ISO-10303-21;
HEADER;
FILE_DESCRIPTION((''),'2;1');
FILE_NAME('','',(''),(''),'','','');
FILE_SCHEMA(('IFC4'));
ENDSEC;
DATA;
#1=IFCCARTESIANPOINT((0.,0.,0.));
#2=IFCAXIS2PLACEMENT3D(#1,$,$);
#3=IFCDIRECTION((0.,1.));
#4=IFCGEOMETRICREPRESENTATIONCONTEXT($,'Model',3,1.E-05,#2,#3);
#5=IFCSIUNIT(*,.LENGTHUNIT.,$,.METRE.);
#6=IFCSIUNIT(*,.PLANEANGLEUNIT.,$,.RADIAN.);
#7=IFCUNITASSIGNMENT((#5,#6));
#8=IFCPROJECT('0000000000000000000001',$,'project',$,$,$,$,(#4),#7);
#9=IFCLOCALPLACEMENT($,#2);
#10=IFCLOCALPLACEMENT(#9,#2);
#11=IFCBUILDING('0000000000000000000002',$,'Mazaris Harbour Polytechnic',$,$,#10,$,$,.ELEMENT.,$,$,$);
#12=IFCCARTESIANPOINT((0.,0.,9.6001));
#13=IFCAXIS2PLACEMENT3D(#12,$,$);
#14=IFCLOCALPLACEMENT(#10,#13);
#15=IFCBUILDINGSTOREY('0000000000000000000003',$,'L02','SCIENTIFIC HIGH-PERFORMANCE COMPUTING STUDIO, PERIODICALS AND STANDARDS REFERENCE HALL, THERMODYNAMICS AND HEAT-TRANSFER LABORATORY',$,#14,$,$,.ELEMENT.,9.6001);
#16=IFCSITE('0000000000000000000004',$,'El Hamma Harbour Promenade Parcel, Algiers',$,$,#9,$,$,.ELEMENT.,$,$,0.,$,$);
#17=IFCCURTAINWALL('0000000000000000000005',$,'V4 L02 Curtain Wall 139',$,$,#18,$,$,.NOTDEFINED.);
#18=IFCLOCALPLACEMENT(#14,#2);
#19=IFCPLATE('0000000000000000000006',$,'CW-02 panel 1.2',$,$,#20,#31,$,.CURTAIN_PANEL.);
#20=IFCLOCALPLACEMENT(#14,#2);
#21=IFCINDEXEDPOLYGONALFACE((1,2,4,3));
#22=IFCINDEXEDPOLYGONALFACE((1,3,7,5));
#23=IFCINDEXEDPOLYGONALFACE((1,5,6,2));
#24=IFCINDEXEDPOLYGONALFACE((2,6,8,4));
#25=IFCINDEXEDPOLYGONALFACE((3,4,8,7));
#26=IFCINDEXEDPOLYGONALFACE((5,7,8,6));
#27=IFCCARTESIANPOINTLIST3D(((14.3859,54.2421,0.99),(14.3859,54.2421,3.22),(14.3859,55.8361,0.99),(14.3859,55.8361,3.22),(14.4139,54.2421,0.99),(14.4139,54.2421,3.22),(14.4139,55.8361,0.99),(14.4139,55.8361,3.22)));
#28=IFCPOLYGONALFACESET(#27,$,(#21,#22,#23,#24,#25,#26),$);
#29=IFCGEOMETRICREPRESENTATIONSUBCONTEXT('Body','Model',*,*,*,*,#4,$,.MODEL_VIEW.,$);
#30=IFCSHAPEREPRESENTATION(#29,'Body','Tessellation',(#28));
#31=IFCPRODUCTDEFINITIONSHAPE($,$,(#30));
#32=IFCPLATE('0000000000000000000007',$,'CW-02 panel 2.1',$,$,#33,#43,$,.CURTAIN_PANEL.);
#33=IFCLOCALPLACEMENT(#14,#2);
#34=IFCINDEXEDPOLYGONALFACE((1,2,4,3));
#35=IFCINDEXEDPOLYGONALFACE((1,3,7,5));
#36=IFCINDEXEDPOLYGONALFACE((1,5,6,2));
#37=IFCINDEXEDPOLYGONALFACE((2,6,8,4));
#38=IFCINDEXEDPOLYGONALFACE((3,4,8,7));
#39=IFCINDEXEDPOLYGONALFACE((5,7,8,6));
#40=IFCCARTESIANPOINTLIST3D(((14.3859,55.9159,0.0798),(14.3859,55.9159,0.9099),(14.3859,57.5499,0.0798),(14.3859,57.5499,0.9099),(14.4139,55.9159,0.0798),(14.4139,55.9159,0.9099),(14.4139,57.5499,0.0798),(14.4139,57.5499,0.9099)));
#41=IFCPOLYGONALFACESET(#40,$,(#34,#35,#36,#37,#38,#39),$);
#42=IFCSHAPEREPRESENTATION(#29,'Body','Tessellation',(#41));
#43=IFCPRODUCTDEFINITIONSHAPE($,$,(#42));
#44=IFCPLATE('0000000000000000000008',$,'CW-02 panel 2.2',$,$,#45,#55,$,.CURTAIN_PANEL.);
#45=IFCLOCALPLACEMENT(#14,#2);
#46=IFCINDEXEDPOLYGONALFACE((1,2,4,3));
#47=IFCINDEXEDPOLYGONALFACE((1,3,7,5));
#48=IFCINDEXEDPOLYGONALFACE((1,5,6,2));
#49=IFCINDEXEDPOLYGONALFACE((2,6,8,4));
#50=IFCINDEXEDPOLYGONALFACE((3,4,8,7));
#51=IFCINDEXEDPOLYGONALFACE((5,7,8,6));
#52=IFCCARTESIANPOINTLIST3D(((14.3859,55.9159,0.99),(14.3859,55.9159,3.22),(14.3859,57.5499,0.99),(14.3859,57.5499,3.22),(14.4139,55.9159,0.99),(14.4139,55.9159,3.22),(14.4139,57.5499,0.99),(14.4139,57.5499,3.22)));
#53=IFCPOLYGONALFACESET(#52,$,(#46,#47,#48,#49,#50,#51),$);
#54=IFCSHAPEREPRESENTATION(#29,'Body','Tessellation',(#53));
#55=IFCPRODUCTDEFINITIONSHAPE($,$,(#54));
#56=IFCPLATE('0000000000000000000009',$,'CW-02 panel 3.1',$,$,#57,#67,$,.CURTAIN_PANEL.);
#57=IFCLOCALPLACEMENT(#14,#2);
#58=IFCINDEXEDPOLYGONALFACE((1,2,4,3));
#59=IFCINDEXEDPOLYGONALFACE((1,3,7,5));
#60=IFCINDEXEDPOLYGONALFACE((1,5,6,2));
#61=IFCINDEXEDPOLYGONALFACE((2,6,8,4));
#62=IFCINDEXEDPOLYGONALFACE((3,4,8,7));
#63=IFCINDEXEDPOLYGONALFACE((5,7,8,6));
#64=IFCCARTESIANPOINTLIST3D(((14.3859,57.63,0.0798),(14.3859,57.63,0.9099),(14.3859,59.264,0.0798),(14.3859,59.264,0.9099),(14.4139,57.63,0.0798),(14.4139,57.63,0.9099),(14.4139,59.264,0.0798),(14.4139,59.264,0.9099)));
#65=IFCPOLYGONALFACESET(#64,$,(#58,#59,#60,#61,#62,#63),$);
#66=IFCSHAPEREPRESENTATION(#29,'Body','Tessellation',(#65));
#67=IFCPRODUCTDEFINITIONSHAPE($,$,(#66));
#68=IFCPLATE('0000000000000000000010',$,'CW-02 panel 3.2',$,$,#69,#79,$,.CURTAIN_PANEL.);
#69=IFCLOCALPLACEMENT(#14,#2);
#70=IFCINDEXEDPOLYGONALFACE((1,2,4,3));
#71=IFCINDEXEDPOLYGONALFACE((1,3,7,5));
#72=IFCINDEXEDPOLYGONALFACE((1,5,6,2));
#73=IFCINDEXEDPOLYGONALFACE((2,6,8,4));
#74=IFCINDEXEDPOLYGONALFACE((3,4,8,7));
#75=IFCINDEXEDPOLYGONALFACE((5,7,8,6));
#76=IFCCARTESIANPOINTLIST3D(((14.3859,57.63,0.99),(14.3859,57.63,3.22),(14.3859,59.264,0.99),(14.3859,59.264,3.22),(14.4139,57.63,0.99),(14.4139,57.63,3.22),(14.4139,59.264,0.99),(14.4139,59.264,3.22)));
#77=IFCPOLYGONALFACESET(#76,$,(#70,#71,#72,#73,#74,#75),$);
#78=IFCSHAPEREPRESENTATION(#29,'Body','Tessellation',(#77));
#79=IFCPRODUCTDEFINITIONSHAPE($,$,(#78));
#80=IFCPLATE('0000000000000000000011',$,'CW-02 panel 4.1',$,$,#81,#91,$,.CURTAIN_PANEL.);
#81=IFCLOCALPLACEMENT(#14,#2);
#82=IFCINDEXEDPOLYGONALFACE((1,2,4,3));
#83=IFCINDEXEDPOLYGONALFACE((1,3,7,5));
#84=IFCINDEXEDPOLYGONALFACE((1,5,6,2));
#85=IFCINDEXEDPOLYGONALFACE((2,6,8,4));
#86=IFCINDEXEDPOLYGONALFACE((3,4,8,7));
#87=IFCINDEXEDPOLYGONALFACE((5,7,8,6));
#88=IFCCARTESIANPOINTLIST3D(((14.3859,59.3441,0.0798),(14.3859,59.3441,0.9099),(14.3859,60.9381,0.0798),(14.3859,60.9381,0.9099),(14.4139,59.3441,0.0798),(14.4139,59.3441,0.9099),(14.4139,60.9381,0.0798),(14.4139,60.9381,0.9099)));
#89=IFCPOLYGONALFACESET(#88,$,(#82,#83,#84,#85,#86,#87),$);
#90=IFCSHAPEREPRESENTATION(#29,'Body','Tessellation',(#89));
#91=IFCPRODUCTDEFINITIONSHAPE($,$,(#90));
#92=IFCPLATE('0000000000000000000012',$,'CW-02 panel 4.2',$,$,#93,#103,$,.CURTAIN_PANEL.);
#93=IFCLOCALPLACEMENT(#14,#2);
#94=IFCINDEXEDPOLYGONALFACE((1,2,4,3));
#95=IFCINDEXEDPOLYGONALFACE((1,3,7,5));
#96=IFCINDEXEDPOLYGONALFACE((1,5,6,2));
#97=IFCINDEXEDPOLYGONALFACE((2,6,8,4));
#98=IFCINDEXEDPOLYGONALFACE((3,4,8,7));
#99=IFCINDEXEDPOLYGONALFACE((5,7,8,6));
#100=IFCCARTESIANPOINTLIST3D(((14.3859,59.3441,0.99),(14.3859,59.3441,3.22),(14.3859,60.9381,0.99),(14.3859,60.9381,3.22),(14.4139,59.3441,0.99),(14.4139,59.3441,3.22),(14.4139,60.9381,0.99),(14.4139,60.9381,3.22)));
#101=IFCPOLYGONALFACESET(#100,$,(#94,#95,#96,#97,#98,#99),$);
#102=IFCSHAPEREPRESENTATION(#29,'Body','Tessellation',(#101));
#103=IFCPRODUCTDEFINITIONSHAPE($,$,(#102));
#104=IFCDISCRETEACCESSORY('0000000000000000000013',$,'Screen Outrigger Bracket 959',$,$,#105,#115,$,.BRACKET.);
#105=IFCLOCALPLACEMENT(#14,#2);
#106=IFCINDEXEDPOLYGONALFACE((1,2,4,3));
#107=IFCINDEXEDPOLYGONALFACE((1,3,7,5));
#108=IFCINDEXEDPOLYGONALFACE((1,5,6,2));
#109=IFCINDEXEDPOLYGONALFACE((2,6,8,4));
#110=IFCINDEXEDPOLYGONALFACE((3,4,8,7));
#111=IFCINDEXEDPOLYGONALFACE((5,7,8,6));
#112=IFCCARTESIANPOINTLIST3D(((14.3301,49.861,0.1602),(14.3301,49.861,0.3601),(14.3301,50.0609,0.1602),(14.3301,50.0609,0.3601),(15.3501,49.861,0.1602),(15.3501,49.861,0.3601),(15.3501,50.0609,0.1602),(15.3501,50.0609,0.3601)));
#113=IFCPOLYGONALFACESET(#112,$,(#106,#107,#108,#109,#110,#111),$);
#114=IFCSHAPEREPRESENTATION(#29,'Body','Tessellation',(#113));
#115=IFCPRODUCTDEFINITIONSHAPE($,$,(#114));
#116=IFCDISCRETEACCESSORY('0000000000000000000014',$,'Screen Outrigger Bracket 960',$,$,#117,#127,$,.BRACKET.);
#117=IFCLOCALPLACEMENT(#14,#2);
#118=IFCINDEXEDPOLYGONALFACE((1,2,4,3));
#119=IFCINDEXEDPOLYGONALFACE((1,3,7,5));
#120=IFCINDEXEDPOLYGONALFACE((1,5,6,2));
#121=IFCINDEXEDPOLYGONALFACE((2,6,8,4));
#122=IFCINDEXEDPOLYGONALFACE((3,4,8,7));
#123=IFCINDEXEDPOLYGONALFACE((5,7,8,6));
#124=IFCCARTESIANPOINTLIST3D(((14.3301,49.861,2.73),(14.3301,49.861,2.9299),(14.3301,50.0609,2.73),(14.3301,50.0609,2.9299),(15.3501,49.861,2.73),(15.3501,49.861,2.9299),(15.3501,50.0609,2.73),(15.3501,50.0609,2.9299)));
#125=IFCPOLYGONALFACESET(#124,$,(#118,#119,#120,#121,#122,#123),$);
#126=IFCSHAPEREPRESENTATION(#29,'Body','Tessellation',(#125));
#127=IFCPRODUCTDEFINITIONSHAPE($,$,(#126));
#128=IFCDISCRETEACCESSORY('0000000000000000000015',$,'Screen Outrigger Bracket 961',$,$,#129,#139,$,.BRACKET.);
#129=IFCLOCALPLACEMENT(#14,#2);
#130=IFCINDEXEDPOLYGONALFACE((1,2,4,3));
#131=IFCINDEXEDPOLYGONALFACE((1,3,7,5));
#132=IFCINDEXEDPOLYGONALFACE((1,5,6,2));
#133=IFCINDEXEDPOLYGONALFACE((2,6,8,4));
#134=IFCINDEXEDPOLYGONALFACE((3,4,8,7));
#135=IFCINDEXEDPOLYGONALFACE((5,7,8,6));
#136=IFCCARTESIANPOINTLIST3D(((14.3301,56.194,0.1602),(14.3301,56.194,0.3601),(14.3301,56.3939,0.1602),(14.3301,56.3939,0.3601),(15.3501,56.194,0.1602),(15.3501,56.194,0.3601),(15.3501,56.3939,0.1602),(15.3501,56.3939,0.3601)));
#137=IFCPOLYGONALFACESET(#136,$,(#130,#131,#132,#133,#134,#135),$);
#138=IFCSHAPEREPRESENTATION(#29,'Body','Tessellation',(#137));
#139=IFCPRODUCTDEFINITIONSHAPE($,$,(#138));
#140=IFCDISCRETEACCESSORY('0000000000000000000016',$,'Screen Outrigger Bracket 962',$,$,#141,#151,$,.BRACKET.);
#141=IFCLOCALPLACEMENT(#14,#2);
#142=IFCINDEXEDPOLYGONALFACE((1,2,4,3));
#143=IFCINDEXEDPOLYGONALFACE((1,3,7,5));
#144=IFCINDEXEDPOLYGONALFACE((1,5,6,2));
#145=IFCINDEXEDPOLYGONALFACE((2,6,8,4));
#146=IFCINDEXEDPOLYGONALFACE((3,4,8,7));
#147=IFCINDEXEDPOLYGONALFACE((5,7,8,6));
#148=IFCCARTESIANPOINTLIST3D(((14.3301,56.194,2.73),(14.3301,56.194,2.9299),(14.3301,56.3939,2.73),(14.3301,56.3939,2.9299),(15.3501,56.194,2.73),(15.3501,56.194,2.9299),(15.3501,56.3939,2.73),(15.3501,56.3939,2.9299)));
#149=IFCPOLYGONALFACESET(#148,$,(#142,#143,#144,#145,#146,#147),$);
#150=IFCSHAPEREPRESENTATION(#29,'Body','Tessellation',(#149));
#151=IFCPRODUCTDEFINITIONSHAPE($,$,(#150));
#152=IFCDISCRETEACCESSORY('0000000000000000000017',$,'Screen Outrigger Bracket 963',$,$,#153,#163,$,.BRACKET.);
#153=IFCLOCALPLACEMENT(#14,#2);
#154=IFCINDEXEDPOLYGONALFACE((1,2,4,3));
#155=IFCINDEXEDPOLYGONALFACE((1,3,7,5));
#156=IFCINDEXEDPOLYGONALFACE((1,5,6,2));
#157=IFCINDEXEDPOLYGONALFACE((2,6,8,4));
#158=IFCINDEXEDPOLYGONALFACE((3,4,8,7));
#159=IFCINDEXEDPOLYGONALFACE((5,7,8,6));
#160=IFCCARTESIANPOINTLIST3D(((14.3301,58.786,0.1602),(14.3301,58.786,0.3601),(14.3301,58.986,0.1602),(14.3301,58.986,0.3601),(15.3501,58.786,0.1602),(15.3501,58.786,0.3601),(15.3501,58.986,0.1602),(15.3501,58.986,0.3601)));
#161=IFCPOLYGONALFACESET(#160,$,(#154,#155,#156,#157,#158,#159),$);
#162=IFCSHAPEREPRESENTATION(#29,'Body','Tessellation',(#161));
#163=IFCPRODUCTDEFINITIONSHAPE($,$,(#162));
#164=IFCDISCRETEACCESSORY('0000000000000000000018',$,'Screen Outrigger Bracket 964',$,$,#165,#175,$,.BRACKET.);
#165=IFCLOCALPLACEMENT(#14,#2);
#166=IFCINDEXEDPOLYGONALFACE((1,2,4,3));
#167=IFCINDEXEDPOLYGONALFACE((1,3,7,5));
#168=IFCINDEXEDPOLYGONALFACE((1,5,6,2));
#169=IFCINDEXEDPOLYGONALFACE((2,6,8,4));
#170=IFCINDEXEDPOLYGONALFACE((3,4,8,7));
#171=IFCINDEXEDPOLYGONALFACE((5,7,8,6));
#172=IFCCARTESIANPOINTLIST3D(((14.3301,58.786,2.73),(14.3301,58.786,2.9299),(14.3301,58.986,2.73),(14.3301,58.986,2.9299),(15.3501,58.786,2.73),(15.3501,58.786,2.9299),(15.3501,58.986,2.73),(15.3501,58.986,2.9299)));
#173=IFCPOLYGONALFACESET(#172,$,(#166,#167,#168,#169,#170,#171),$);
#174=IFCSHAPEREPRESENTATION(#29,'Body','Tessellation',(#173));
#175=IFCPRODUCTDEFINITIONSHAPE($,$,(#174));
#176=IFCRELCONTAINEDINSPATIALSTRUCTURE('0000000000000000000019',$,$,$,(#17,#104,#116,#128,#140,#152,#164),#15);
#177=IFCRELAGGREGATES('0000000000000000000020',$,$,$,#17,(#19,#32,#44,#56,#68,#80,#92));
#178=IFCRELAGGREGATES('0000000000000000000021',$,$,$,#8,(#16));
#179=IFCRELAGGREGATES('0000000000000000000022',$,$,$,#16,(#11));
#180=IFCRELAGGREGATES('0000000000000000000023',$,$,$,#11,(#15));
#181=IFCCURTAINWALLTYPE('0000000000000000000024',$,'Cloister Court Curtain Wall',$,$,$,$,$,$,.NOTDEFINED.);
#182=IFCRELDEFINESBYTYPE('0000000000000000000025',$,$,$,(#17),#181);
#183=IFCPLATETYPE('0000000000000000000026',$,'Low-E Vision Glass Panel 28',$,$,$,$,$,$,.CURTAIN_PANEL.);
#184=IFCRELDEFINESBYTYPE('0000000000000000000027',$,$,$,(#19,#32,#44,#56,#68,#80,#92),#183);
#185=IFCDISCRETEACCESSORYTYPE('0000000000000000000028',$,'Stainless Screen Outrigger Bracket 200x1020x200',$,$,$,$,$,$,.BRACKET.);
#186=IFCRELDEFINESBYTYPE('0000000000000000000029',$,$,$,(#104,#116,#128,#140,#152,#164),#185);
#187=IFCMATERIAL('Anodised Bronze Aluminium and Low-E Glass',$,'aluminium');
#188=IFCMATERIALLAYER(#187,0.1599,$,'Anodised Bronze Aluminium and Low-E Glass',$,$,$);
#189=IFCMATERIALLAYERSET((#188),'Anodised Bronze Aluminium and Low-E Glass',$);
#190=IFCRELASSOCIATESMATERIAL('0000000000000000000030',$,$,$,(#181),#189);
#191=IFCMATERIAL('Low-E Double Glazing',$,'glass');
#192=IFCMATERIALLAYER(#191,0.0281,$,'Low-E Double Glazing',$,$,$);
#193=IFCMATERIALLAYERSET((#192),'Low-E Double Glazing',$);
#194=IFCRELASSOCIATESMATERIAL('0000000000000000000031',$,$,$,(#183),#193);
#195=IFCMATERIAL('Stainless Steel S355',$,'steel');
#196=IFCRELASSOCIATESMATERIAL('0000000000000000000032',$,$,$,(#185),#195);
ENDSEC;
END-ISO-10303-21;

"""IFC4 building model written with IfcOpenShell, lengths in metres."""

from ifc_helpers import new_model, si_unit, direction, frame, origin, origin_2d, place, context, subcontext, project, spatial, rectangle, extrude, material, layer, layer_set, type_object, element, aggregate, save


model = new_model("IFC4")

# Units and contexts
model_context = context("Model", 3, precision=1e-05, world=origin(), true_north=direction((0.0, 1.0)))
body_context = subcontext(model_context, "Body", "Model", "MODEL_VIEW")
ifc_project = project(units=[si_unit("LENGTHUNIT", "METRE"), si_unit("PLANEANGLEUNIT", "RADIAN")], contexts=[model_context])

# Site, building, storey
site_placement = place(None, origin())
site = spatial("IfcSite", under=ifc_project, at=site_placement, Name="El Hamma Harbour Promenade Parcel, Algiers", CompositionType="ELEMENT", RefElevation=0.0)
building_placement = place(site_placement, origin())
building = spatial("IfcBuilding", under=site, at=building_placement, Name="Mazaris Harbour Polytechnic", CompositionType="ELEMENT")
storey_placement = place(building_placement, frame((0.0, 0.0, 9.6001)))
storey = spatial("IfcBuildingStorey", under=building, at=storey_placement, Name="L02", Description="SCIENTIFIC HIGH-PERFORMANCE COMPUTING STUDIO, PERIODICALS AND STANDARDS REFERENCE HALL, THERMODYNAMICS AND HEAT-TRANSFER LABORATORY", CompositionType="ELEMENT", Elevation=9.6001)

# Shared definitions
ifc_material_1 = material(Name="Anodised Bronze Aluminium and Low-E Glass", Category="aluminium")
ifc_layer_1 = layer(ifc_material_1, 0.1599, Name="Anodised Bronze Aluminium and Low-E Glass")
ifc_layer_set_1 = layer_set([ifc_layer_1], Name="Anodised Bronze Aluminium and Low-E Glass")
curtain_wall_type = type_object("IfcCurtainWallType", Name="Cloister Court Curtain Wall", PredefinedType="NOTDEFINED", material=ifc_layer_set_1)

# Curtain wall
curtain_wall_1_placement = place(storey_placement, origin())
curtain_wall_1 = element("IfcCurtainWall", 1, at=curtain_wall_1_placement, inside=storey, type_object=curtain_wall_type, Name="V4 L02 Curtain Wall 139", PredefinedType="NOTDEFINED")

# Plates
ifc_material_2 = material(Name="Low-E Double Glazing", Category="glass")
ifc_layer_2 = layer(ifc_material_2, 0.0281, Name="Low-E Double Glazing")
ifc_layer_set_2 = layer_set([ifc_layer_2], Name="Low-E Double Glazing")
plate_type = type_object("IfcPlateType", Name="Low-E Vision Glass Panel 28", PredefinedType="CURTAIN_PANEL", material=ifc_layer_set_2)
plate_1_placement = place(storey_placement, frame((14.3999, 55.0391, 0.99), z_axis=(0.0, 0.0, 1.0), x_axis=(0.0, 1.0, 0.0)))
plate_1 = element("IfcPlate", 2, at=plate_1_placement, type_object=plate_type, Name="CW-02 panel 1.2", PredefinedType="CURTAIN_PANEL", context=body_context, shape_type="SweptSolid", body=[
    extrude(rectangle(XDim=1.594, YDim=0.0281, at=origin_2d()), origin(), (0.0, 0.0, 1.0), 2.23),
])
plate_2_placement = place(storey_placement, frame((14.3999, 56.7329, 0.0798), z_axis=(0.0, 0.0, 1.0), x_axis=(0.0, 1.0, 0.0)))
plate_2 = element("IfcPlate", 3, at=plate_2_placement, type_object=plate_type, Name="CW-02 panel 2.1", PredefinedType="CURTAIN_PANEL", context=body_context, shape_type="SweptSolid", body=[
    extrude(rectangle(XDim=1.634, YDim=0.0281, at=origin_2d()), origin(), (0.0, 0.0, 1.0), 0.8301),
])
plate_3_placement = place(storey_placement, frame((14.3999, 56.7329, 0.99), z_axis=(0.0, 0.0, 1.0), x_axis=(0.0, 1.0, 0.0)))
plate_3 = element("IfcPlate", 4, at=plate_3_placement, type_object=plate_type, Name="CW-02 panel 2.2", PredefinedType="CURTAIN_PANEL", context=body_context, shape_type="SweptSolid", body=[
    extrude(rectangle(XDim=1.634, YDim=0.0281, at=origin_2d()), origin(), (0.0, 0.0, 1.0), 2.23),
])
plate_4_placement = place(storey_placement, frame((14.3999, 58.447, 0.0798), z_axis=(0.0, 0.0, 1.0), x_axis=(0.0, 1.0, 0.0)))
plate_4 = element("IfcPlate", 5, at=plate_4_placement, type_object=plate_type, Name="CW-02 panel 3.1", PredefinedType="CURTAIN_PANEL", context=body_context, shape_type="SweptSolid", body=[
    extrude(rectangle(XDim=1.634, YDim=0.0281, at=origin_2d()), origin(), (0.0, 0.0, 1.0), 0.8301),
])
plate_5_placement = place(storey_placement, frame((14.3999, 58.447, 0.99), z_axis=(0.0, 0.0, 1.0), x_axis=(0.0, 1.0, 0.0)))
plate_5 = element("IfcPlate", 6, at=plate_5_placement, type_object=plate_type, Name="CW-02 panel 3.2", PredefinedType="CURTAIN_PANEL", context=body_context, shape_type="SweptSolid", body=[
    extrude(rectangle(XDim=1.634, YDim=0.0281, at=origin_2d()), origin(), (0.0, 0.0, 1.0), 2.23),
])
plate_6_placement = place(storey_placement, frame((14.3999, 60.1411, 0.0798), z_axis=(0.0, 0.0, 1.0), x_axis=(0.0, 1.0, 0.0)))
plate_6 = element("IfcPlate", 7, at=plate_6_placement, type_object=plate_type, Name="CW-02 panel 4.1", PredefinedType="CURTAIN_PANEL", context=body_context, shape_type="SweptSolid", body=[
    extrude(rectangle(XDim=1.594, YDim=0.0281, at=origin_2d()), origin(), (0.0, 0.0, 1.0), 0.8301),
])
plate_7_placement = place(storey_placement, frame((14.3999, 60.1411, 0.99), z_axis=(0.0, 0.0, 1.0), x_axis=(0.0, 1.0, 0.0)))
plate_7 = element("IfcPlate", 8, at=plate_7_placement, type_object=plate_type, Name="CW-02 panel 4.2", PredefinedType="CURTAIN_PANEL", context=body_context, shape_type="SweptSolid", body=[
    extrude(rectangle(XDim=1.594, YDim=0.0281, at=origin_2d()), origin(), (0.0, 0.0, 1.0), 2.23),
])
aggregate(curtain_wall_1, [plate_1, plate_2, plate_3, plate_4, plate_5, plate_6, plate_7])

# Discrete accessories
ifc_material_3 = material(Name="Stainless Steel S355", Category="steel")
discrete_accessory_type = type_object("IfcDiscreteAccessoryType", Name="Stainless Screen Outrigger Bracket 200x1020x200", PredefinedType="BRACKET", material=ifc_material_3)
for number, where, z_axis, x_axis, name in (
    (9, (14.8401, 49.9609, 0.1602), (0.0, 0.0, 1.0), (0.0, 1.0, 0.0), "Screen Outrigger Bracket 959"),
    (10, (14.8401, 49.9609, 2.73), (0.0, 0.0, 1.0), (0.0, 1.0, 0.0), "Screen Outrigger Bracket 960"),
    (11, (14.8401, 56.2939, 0.1602), (0.0, 0.0, 1.0), (0.0, 1.0, 0.0), "Screen Outrigger Bracket 961"),
    (12, (14.8401, 56.2939, 2.73), (0.0, 0.0, 1.0), (0.0, 1.0, 0.0), "Screen Outrigger Bracket 962"),
    (13, (14.8401, 58.886, 0.1602), (0.0, 0.0, 1.0), (0.0, 1.0, 0.0), "Screen Outrigger Bracket 963"),
    (14, (14.8401, 58.886, 2.73), (0.0, 0.0, 1.0), (0.0, 1.0, 0.0), "Screen Outrigger Bracket 964"),
):
    element("IfcDiscreteAccessory", number, at=place(storey_placement, frame(where, z_axis=z_axis, x_axis=x_axis)), inside=storey, type_object=discrete_accessory_type, Name=name, PredefinedType="BRACKET", context=body_context, shape_type="SweptSolid", body=[
        extrude(rectangle(XDim=0.2, YDim=1.02, at=origin_2d()), origin(), (0.0, 0.0, 1.0), 0.2),
    ])

save(model, "model.ifc")
